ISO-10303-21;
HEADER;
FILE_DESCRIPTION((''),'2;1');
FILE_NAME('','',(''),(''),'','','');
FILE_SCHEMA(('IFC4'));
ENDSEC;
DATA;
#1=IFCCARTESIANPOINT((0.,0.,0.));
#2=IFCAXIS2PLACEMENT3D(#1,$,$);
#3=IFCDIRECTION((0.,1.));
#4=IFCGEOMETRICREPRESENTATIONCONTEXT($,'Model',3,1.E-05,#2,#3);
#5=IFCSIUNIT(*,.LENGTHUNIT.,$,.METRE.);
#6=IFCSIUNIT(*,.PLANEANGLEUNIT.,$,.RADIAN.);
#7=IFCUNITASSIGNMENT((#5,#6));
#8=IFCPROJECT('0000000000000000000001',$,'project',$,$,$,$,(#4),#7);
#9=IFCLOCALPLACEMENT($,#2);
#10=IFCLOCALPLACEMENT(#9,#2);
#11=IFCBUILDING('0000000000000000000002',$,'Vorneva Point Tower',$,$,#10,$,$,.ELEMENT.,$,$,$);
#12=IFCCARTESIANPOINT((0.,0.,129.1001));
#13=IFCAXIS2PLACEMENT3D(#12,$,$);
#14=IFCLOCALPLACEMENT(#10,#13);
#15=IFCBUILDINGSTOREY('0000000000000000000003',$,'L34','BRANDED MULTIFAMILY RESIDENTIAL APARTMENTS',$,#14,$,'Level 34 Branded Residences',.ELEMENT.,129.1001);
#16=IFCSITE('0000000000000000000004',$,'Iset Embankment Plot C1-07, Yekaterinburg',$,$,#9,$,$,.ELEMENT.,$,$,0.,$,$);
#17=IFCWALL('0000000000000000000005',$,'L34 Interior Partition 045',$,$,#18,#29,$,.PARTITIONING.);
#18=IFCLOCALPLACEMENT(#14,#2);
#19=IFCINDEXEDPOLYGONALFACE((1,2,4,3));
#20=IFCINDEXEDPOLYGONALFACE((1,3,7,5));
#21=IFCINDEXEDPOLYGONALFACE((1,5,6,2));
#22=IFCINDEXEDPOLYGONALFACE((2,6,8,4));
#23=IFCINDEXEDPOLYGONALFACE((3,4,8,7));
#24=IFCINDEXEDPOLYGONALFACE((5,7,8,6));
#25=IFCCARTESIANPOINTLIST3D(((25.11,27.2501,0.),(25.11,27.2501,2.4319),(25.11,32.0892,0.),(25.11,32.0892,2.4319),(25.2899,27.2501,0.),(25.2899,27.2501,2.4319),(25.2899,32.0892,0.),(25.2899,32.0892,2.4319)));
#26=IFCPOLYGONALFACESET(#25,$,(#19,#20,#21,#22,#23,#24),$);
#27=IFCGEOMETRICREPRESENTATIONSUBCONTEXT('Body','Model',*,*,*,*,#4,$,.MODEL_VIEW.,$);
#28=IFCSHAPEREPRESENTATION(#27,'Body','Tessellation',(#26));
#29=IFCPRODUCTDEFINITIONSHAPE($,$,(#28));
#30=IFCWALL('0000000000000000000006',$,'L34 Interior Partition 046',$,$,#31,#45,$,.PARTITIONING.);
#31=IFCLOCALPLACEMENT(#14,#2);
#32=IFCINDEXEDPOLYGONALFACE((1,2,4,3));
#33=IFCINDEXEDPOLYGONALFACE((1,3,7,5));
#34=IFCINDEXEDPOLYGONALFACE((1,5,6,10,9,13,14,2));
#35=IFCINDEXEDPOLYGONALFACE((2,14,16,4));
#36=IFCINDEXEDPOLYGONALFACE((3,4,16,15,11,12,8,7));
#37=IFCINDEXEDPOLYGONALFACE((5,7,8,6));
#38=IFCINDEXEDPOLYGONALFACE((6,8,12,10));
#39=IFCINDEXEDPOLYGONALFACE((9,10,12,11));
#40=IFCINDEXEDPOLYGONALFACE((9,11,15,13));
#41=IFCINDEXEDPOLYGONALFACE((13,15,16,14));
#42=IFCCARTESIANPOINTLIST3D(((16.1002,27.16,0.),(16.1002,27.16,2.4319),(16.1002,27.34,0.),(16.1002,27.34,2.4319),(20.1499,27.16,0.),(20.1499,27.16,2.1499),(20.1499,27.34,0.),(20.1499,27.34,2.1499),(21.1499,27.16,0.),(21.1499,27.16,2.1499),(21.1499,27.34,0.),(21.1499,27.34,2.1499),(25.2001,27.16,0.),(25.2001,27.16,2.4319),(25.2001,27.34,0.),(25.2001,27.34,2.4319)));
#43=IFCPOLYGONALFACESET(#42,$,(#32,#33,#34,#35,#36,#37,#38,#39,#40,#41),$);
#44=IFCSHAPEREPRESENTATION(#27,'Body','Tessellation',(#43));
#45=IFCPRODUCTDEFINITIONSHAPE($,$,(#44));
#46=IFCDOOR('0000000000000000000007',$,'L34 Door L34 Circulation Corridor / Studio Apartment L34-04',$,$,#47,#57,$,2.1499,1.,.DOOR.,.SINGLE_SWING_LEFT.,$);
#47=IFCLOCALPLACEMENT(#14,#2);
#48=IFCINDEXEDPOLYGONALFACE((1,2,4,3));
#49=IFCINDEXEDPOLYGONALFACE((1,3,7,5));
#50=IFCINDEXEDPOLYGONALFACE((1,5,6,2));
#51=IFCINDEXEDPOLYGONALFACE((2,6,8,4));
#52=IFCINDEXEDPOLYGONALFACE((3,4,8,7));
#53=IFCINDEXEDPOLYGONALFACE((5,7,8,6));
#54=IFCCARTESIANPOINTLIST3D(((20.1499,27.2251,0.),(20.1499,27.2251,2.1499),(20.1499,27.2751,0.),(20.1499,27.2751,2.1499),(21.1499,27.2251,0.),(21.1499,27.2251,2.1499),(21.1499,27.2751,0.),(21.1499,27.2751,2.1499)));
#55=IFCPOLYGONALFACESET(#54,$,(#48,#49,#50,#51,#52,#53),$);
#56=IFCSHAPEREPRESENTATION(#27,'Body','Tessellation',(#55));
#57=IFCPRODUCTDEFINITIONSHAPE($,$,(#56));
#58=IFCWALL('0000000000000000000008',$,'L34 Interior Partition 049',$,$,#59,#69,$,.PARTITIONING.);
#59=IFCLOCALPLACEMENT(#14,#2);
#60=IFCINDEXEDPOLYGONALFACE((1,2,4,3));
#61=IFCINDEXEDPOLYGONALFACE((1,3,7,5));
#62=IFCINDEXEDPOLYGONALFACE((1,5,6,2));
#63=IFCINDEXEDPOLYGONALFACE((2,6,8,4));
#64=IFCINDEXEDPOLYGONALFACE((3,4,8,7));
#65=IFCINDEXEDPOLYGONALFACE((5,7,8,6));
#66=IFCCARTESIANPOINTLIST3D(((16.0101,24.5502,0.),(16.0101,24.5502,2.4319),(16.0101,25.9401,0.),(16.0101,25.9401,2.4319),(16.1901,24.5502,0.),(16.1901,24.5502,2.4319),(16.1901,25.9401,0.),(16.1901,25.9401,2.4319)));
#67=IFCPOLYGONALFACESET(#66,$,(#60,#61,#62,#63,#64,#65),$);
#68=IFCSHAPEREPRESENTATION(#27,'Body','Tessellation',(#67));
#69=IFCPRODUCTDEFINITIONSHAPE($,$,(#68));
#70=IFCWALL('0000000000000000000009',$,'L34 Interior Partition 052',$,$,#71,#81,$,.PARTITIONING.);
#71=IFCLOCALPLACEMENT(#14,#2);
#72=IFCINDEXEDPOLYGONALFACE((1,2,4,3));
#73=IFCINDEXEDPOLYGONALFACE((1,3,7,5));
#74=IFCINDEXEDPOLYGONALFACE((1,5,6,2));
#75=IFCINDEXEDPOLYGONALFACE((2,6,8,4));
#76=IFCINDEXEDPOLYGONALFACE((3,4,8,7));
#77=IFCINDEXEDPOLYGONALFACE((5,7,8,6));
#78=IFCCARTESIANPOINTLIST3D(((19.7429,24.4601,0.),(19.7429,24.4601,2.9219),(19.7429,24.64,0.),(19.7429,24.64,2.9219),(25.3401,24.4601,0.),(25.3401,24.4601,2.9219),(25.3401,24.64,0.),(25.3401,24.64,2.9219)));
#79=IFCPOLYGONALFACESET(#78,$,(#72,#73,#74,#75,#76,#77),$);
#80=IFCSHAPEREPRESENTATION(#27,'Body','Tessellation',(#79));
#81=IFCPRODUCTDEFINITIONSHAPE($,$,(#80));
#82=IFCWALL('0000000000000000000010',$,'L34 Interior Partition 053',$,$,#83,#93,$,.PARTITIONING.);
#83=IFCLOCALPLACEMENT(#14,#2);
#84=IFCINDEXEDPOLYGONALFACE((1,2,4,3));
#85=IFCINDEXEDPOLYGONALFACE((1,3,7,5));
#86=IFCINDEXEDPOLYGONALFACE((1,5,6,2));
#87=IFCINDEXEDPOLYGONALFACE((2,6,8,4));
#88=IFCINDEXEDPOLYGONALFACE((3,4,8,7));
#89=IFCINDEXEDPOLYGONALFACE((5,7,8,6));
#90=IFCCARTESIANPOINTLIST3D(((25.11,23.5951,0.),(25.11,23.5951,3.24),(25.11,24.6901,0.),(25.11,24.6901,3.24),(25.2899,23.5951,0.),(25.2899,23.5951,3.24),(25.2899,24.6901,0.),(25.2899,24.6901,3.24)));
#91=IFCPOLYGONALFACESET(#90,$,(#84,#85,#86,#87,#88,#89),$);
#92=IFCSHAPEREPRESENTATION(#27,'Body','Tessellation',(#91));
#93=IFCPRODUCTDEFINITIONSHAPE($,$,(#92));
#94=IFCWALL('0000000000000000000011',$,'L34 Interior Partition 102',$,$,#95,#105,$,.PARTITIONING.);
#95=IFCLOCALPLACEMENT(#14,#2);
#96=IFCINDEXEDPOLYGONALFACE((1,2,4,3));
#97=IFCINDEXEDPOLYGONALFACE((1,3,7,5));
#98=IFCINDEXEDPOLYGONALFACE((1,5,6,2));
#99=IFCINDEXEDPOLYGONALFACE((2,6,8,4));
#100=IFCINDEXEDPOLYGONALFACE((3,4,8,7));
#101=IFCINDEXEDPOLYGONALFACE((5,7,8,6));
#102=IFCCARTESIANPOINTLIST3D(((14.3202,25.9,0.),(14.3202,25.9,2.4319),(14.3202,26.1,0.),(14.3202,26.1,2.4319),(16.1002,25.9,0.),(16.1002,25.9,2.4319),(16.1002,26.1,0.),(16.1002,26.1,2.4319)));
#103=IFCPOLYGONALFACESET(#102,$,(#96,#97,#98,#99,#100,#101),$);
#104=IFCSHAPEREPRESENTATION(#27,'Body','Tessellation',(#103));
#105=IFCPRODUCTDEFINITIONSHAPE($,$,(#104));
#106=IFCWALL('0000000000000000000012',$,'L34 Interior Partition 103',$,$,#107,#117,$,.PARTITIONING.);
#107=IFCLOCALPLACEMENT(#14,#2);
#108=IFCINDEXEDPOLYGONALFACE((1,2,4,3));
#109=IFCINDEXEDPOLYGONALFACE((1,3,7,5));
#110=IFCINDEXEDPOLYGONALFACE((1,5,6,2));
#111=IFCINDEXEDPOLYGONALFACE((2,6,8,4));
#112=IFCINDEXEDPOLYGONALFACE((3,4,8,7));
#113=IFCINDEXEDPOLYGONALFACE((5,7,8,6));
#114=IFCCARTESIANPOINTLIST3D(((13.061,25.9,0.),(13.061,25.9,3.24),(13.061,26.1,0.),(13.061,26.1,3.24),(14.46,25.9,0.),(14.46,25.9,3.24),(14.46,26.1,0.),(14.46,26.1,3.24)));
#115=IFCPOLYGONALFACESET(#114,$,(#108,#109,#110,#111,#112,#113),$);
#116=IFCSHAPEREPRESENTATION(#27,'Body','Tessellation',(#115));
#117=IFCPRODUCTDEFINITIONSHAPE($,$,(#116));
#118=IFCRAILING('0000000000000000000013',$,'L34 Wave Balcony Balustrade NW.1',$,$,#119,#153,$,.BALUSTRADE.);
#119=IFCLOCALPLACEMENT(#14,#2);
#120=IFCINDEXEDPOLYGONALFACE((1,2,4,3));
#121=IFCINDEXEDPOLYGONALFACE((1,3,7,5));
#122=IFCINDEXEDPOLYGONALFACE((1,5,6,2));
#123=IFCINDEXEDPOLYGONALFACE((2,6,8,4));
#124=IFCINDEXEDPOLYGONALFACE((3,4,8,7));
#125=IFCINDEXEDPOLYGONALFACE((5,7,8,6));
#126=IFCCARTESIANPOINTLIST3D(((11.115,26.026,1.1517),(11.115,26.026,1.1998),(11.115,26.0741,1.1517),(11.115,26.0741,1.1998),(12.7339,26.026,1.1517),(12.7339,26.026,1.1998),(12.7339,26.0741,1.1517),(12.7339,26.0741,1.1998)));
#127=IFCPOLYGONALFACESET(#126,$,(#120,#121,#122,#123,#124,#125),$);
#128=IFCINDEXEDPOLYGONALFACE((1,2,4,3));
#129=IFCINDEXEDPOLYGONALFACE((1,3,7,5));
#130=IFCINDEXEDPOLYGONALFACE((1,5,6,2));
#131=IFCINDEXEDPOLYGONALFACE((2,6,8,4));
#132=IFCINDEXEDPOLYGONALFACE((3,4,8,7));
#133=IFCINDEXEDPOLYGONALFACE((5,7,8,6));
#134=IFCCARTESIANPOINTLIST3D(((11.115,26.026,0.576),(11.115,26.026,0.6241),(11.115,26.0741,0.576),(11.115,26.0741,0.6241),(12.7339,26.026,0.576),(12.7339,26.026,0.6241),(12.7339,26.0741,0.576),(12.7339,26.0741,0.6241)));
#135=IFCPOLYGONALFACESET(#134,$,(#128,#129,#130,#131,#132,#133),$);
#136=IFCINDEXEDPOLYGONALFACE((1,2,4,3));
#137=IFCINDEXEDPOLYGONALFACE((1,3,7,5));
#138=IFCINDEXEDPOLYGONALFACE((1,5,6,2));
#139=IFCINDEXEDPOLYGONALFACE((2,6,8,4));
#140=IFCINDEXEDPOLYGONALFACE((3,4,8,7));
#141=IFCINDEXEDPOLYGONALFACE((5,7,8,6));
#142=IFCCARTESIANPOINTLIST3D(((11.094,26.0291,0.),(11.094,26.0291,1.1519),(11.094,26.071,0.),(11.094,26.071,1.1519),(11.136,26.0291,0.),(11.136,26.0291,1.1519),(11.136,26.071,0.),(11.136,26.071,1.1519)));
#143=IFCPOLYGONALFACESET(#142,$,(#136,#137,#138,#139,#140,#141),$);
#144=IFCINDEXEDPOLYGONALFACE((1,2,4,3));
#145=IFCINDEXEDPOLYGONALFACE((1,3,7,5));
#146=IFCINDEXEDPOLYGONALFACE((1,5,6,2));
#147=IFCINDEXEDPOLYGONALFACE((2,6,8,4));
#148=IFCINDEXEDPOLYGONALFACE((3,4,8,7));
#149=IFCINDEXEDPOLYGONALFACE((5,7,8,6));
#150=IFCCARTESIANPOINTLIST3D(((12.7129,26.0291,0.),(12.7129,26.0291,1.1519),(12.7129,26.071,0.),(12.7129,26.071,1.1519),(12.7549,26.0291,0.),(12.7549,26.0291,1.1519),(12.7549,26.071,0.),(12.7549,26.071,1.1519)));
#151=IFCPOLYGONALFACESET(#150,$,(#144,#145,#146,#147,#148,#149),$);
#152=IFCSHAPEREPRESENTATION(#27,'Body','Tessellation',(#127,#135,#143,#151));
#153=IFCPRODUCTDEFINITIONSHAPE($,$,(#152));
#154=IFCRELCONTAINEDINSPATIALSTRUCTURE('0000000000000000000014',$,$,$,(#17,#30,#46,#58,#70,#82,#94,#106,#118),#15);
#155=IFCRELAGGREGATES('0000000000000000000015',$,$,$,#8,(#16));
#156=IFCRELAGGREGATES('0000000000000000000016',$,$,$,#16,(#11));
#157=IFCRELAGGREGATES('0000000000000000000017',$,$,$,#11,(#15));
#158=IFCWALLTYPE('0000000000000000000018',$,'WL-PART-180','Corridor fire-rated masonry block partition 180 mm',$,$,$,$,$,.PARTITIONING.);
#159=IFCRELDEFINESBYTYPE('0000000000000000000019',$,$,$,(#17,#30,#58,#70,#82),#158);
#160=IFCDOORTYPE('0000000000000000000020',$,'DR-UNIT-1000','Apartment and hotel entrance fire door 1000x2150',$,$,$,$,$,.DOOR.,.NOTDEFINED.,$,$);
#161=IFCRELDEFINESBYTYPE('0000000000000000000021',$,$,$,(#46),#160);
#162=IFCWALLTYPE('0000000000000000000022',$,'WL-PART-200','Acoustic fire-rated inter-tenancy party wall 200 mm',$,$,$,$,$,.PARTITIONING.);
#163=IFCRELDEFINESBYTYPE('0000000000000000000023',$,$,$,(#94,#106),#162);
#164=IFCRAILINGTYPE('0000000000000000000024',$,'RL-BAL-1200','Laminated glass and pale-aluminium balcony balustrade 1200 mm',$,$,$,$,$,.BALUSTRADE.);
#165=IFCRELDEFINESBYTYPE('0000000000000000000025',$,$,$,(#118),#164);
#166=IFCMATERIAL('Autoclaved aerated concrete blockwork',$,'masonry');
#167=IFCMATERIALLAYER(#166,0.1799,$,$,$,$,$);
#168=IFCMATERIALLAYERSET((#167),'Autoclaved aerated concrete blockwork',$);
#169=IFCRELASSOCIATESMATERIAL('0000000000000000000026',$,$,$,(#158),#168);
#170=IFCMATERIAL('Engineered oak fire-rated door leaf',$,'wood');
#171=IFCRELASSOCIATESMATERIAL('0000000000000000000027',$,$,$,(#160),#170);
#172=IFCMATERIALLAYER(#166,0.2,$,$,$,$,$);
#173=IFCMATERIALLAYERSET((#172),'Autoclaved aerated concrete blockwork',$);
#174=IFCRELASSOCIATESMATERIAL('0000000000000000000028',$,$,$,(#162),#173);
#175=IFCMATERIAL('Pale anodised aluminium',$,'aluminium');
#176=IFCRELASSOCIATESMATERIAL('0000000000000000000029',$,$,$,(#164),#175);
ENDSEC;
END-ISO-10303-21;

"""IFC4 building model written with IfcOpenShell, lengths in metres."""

from ifc_helpers import new_model, si_unit, direction, frame, frame_2d, origin, origin_2d, place, context, subcontext, project, spatial, rectangle, extrude, material, layer, layer_set, type_object, element, fill, save


model = new_model("IFC4")

# Units and contexts
model_context = context("Model", 3, precision=1e-05, world=origin(), true_north=direction((0.0, 1.0)))
body_context = subcontext(model_context, "Body", "Model", "MODEL_VIEW")
ifc_project = project(units=[si_unit("LENGTHUNIT", "METRE"), si_unit("PLANEANGLEUNIT", "RADIAN")], contexts=[model_context])

# Site, building, storey
site_placement = place(None, origin())
site = spatial("IfcSite", under=ifc_project, at=site_placement, Name="Iset Embankment Plot C1-07, Yekaterinburg", CompositionType="ELEMENT", RefElevation=0.0)
building_placement = place(site_placement, origin())
building = spatial("IfcBuilding", under=site, at=building_placement, Name="Vorneva Point Tower", CompositionType="ELEMENT")
storey_placement = place(building_placement, frame((0.0, 0.0, 129.1001)))
storey = spatial("IfcBuildingStorey", under=building, at=storey_placement, Name="L34", Description="BRANDED MULTIFAMILY RESIDENTIAL APARTMENTS", LongName="Level 34 Branded Residences", CompositionType="ELEMENT", Elevation=129.1001)

# Shared definitions
ifc_material_1 = material(Name="Pale anodised aluminium", Category="aluminium")

# Wall
ifc_material_2 = material(Name="Autoclaved aerated concrete blockwork", Category="masonry")
ifc_layer_1 = layer(ifc_material_2, 0.1799)
ifc_layer_set_1 = layer_set([ifc_layer_1], Name="Autoclaved aerated concrete blockwork")
wall_type_1 = type_object("IfcWallType", Name="WL-PART-180", Description="Corridor fire-rated masonry block partition 180 mm", PredefinedType="PARTITIONING", material=ifc_layer_set_1)
wall_1_placement = place(storey_placement, frame((25.2, 32.0891, 0.0), z_axis=(0.0, 0.0, 1.0), x_axis=(0.0, -1.0, 0.0)))
element("IfcWall", 1, at=wall_1_placement, inside=storey, type_object=wall_type_1, Name="L34 Interior Partition 045", PredefinedType="PARTITIONING", context=body_context, shape_type="SweptSolid", body=[
    extrude(rectangle(XDim=4.8391, YDim=0.1799, at=frame_2d((2.4194, 0.0))), origin(), (0.0, 0.0, 1.0), 2.4319),
])

# Wall, opening, door
wall_2_placement = place(storey_placement, frame((25.2, 27.25, 0.0), z_axis=(0.0, 0.0, 1.0), x_axis=(-1.0, 0.0, 0.0)))
wall_2 = element("IfcWall", 2, at=wall_2_placement, inside=storey, type_object=wall_type_1, Name="L34 Interior Partition 046", PredefinedType="PARTITIONING", context=body_context, shape_type="SweptSolid", body=[
    extrude(rectangle(XDim=9.0999, YDim=0.1799, at=frame_2d((4.5498, 0.0))), origin(), (0.0, 0.0, 1.0), 2.4319),
])
opening_placement = place(wall_2_placement, frame((4.05, 0.0, 0.0)))
opening = element("IfcOpeningElement", 3, at=opening_placement, cuts=wall_2, PredefinedType="OPENING", context=body_context, shape_type="SweptSolid", body=[
    extrude(rectangle(XDim=1.0, YDim=2.1499, at=frame_2d((0.5, 1.075))), frame((0.0, 0.105, 0.0), z_axis=(0.0, -1.0, 0.0), x_axis=(1.0, 0.0, 0.0)), (0.0, 0.0, 1.0), 0.2097),
])
ifc_material_3 = material(Name="Engineered oak fire-rated door leaf", Category="wood")
door_type = type_object("IfcDoorType", Name="DR-UNIT-1000", Description="Apartment and hotel entrance fire door 1000x2150", OperationType="NOTDEFINED", PredefinedType="DOOR", material=ifc_material_3)
door_placement = place(opening_placement, origin())
door = element("IfcDoor", 4, at=door_placement, inside=storey, type_object=door_type, Name="L34 Door L34 Circulation Corridor / Studio Apartment L34-04", OperationType="SINGLE_SWING_LEFT", OverallHeight=2.1499, OverallWidth=1.0, PredefinedType="DOOR", context=body_context, shape_type="SweptSolid", body=[
    extrude(rectangle(XDim=1.0, YDim=2.1499, at=frame_2d((0.5, 1.075))), frame((0.0, 0.0249, 0.0), z_axis=(0.0, -1.0, 0.0), x_axis=(1.0, 0.0, 0.0)), (0.0, 0.0, 1.0), 0.05),
])
fill(opening, door)

# Walls
wall_3_placement = place(storey_placement, frame((16.1001, 25.9399, 0.0), z_axis=(0.0, 0.0, 1.0), x_axis=(0.0, -1.0, 0.0)))
element("IfcWall", 5, at=wall_3_placement, inside=storey, type_object=wall_type_1, Name="L34 Interior Partition 049", PredefinedType="PARTITIONING", context=body_context, shape_type="SweptSolid", body=[
    extrude(rectangle(XDim=1.3899, YDim=0.1799, at=frame_2d((0.6948, 0.0))), origin(), (0.0, 0.0, 1.0), 2.4319),
])
wall_4_placement = place(storey_placement, frame((19.7429, 24.55, 0.0), z_axis=(0.0, 0.0, 1.0), x_axis=(1.0, 0.0, 0.0)))
element("IfcWall", 6, at=wall_4_placement, inside=storey, type_object=wall_type_1, Name="L34 Interior Partition 052", PredefinedType="PARTITIONING", context=body_context, shape_type="SweptSolid", body=[
    extrude(rectangle(XDim=5.5972, YDim=0.1799, at=frame_2d((2.7986, 0.0))), origin(), (0.0, 0.0, 1.0), 2.9219),
])
wall_5_placement = place(storey_placement, frame((25.2, 24.6899, 0.0), z_axis=(0.0, 0.0, 1.0), x_axis=(0.0, -1.0, 0.0)))
element("IfcWall", 7, at=wall_5_placement, inside=storey, type_object=wall_type_1, Name="L34 Interior Partition 053", PredefinedType="PARTITIONING", context=body_context, shape_type="SweptSolid", body=[
    extrude(rectangle(XDim=1.095, YDim=0.1799, at=frame_2d((0.5474, 0.0))), origin(), (0.0, 0.0, 1.0), 3.24),
])
ifc_layer_2 = layer(ifc_material_2, 0.2)
ifc_layer_set_2 = layer_set([ifc_layer_2], Name="Autoclaved aerated concrete blockwork")
wall_type_2 = type_object("IfcWallType", Name="WL-PART-200", Description="Acoustic fire-rated inter-tenancy party wall 200 mm", PredefinedType="PARTITIONING", material=ifc_layer_set_2)
wall_6_placement = place(storey_placement, frame((14.3201, 26.0, 0.0), z_axis=(0.0, 0.0, 1.0), x_axis=(1.0, 0.0, 0.0)))
element("IfcWall", 8, at=wall_6_placement, inside=storey, type_object=wall_type_2, Name="L34 Interior Partition 102", PredefinedType="PARTITIONING", context=body_context, shape_type="SweptSolid", body=[
    extrude(rectangle(XDim=1.78, YDim=0.2, at=frame_2d((0.8901, 0.0))), origin(), (0.0, 0.0, 1.0), 2.4319),
])
wall_7_placement = place(storey_placement, frame((13.061, 26.0, 0.0), z_axis=(0.0, 0.0, 1.0), x_axis=(1.0, 0.0, 0.0)))
element("IfcWall", 9, at=wall_7_placement, inside=storey, type_object=wall_type_2, Name="L34 Interior Partition 103", PredefinedType="PARTITIONING", context=body_context, shape_type="SweptSolid", body=[
    extrude(rectangle(XDim=1.3989, YDim=0.2, at=frame_2d((0.6995, 0.0))), origin(), (0.0, 0.0, 1.0), 3.24),
])

# Railing
railing_type = type_object("IfcRailingType", Name="RL-BAL-1200", Description="Laminated glass and pale-aluminium balcony balustrade 1200 mm", PredefinedType="BALUSTRADE", material=ifc_material_1)
railing_placement = place(storey_placement, frame((11.115, 26.05, 0.0)))
element("IfcRailing", 10, at=railing_placement, inside=storey, type_object=railing_type, Name="L34 Wave Balcony Balustrade NW.1", PredefinedType="BALUSTRADE", context=body_context, shape_type="SweptSolid", body=[
    extrude(rectangle(XDim=0.0481, YDim=0.0481, at=origin_2d()), frame((0.0, 0.0, 1.1758), z_axis=(1.0, 0.0, 0.0), x_axis=(0.0, 1.0, 0.0)), (0.0, 0.0, 1.0), 1.6189),
    extrude(rectangle(XDim=0.0481, YDim=0.0481, at=origin_2d()), frame((0.0, 0.0, 0.6001), z_axis=(1.0, 0.0, 0.0), x_axis=(0.0, 1.0, 0.0)), (0.0, 0.0, 1.0), 1.6189),
    extrude(rectangle(XDim=0.042, YDim=0.042, at=origin_2d()), origin(), (0.0, 0.0, 1.0), 1.1519),
    extrude(rectangle(XDim=0.042, YDim=0.042, at=origin_2d()), frame((1.6189, 0.0, 0.0)), (0.0, 0.0, 1.0), 1.1519),
])

save(model, "model.ifc")
